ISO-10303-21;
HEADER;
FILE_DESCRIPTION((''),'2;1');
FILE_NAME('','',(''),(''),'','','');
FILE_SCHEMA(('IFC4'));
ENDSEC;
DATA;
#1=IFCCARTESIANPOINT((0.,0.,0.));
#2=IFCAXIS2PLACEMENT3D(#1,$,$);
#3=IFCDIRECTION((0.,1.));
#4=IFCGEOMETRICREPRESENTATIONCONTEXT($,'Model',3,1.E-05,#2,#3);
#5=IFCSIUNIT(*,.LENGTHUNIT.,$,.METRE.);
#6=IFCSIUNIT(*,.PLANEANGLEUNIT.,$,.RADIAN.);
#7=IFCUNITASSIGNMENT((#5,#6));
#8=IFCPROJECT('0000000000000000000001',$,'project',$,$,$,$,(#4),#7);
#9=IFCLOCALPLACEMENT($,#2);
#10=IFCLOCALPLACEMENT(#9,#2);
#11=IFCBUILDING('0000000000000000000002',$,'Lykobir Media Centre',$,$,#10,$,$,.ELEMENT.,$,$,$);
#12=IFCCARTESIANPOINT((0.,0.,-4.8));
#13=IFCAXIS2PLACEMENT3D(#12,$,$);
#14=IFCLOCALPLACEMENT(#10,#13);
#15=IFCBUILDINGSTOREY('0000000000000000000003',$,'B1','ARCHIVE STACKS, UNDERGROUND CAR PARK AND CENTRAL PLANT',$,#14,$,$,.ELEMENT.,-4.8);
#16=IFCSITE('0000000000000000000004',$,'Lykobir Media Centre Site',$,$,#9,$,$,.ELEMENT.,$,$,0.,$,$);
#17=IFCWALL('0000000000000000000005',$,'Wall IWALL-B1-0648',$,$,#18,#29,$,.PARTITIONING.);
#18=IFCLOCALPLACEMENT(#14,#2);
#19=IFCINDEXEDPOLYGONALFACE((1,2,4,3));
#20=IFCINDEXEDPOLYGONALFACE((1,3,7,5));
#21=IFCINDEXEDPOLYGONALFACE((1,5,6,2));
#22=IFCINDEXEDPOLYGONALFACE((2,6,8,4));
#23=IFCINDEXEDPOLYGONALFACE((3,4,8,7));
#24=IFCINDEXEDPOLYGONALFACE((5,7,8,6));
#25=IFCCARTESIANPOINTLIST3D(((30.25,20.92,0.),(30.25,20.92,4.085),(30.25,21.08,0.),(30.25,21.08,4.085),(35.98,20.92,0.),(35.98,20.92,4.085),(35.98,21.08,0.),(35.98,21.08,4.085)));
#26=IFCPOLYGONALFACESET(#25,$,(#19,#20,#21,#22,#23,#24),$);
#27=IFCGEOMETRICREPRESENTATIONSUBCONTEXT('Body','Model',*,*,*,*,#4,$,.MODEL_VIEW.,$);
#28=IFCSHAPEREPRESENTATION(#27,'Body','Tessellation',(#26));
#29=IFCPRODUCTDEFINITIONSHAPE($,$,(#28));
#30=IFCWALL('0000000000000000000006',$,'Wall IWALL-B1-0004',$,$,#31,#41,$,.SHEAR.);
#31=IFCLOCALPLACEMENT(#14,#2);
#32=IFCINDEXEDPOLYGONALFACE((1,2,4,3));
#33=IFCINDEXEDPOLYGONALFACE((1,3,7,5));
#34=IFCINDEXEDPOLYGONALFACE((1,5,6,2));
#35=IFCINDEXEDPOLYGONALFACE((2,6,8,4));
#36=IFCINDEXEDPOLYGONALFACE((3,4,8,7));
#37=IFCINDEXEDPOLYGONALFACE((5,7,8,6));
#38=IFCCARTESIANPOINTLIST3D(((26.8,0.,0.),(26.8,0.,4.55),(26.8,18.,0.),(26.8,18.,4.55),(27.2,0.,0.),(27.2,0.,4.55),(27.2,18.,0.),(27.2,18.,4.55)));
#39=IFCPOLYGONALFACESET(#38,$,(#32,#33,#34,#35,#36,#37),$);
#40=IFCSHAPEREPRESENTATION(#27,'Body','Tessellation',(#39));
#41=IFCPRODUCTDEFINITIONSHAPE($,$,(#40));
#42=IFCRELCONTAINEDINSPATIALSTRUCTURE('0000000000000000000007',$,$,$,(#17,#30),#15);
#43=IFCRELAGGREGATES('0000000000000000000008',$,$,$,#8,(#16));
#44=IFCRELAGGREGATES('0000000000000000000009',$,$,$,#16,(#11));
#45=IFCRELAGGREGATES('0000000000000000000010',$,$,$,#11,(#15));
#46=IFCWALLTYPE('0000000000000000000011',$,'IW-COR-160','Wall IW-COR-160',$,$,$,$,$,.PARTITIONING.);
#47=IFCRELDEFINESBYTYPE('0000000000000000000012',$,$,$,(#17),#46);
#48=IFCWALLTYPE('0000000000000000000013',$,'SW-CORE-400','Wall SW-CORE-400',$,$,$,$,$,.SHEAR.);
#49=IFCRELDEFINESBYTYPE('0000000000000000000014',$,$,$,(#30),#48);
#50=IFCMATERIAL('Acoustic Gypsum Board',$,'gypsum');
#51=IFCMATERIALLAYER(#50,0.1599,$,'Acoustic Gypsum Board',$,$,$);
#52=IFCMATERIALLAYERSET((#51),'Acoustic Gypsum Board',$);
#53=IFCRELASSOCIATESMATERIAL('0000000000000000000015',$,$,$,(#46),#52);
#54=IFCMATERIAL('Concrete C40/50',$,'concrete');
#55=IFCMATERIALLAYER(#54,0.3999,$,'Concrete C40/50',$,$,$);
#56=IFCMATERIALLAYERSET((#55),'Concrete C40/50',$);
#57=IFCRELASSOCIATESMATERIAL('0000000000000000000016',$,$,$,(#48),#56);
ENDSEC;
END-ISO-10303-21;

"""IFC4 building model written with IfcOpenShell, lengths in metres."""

from ifc_helpers import new_model, si_unit, direction, frame, frame_2d, origin, place, context, subcontext, project, spatial, rectangle, extrude, material, layer, layer_set, type_object, element, save


model = new_model("IFC4")

# Units and contexts
model_context = context("Model", 3, precision=1e-05, world=origin(), true_north=direction((0.0, 1.0)))
body_context = subcontext(model_context, "Body", "Model", "MODEL_VIEW")
ifc_project = project(units=[si_unit("LENGTHUNIT", "METRE"), si_unit("PLANEANGLEUNIT", "RADIAN")], contexts=[model_context])

# Site, building, storey
site_placement = place(None, origin())
site = spatial("IfcSite", under=ifc_project, at=site_placement, Name="Lykobir Media Centre Site", CompositionType="ELEMENT", RefElevation=0.0)
building_placement = place(site_placement, origin())
building = spatial("IfcBuilding", under=site, at=building_placement, Name="Lykobir Media Centre", CompositionType="ELEMENT")
storey_placement = place(building_placement, frame((0.0, 0.0, -4.8)))
storey = spatial("IfcBuildingStorey", under=building, at=storey_placement, Name="B1", Description="ARCHIVE STACKS, UNDERGROUND CAR PARK AND CENTRAL PLANT", CompositionType="ELEMENT", Elevation=-4.8)

# Shared definitions
ifc_material_1 = material(Name="Concrete C40/50", Category="concrete")

# Shared definitions
ifc_material_2 = material(Name="Acoustic Gypsum Board", Category="gypsum")
ifc_layer_1 = layer(ifc_material_2, 0.1599, Name="Acoustic Gypsum Board")
ifc_layer_set_1 = layer_set([ifc_layer_1], Name="Acoustic Gypsum Board")
wall_type_1 = type_object("IfcWallType", Name="IW-COR-160", Description="Wall IW-COR-160", PredefinedType="PARTITIONING", material=ifc_layer_set_1)

# Walls
wall_1_placement = place(storey_placement, frame((30.25, 21.0, 0.0), z_axis=(0.0, 0.0, 1.0), x_axis=(1.0, 0.0, 0.0)))
element("IfcWall", 1, at=wall_1_placement, inside=storey, type_object=wall_type_1, Name="Wall IWALL-B1-0648", PredefinedType="PARTITIONING", context=body_context, shape_type="SweptSolid", body=[
    extrude(rectangle(XDim=5.73, YDim=0.1599, at=frame_2d((2.865, 0.0))), origin(), (0.0, 0.0, 1.0), 4.085),
])
ifc_layer_2 = layer(ifc_material_1, 0.3999, Name="Concrete C40/50")
ifc_layer_set_2 = layer_set([ifc_layer_2], Name="Concrete C40/50")
wall_type_2 = type_object("IfcWallType", Name="SW-CORE-400", Description="Wall SW-CORE-400", PredefinedType="SHEAR", material=ifc_layer_set_2)
wall_2_placement = place(storey_placement, frame((27.0, 18.0, 0.0), z_axis=(0.0, 0.0, 1.0), x_axis=(0.0, -1.0, 0.0)))
element("IfcWall", 2, at=wall_2_placement, inside=storey, type_object=wall_type_2, Name="Wall IWALL-B1-0004", PredefinedType="SHEAR", context=body_context, shape_type="SweptSolid", body=[
    extrude(rectangle(XDim=18.0, YDim=0.3999, at=frame_2d((9.0, 0.0))), origin(), (0.0, 0.0, 1.0), 4.55),
])

save(model, "model.ifc")
